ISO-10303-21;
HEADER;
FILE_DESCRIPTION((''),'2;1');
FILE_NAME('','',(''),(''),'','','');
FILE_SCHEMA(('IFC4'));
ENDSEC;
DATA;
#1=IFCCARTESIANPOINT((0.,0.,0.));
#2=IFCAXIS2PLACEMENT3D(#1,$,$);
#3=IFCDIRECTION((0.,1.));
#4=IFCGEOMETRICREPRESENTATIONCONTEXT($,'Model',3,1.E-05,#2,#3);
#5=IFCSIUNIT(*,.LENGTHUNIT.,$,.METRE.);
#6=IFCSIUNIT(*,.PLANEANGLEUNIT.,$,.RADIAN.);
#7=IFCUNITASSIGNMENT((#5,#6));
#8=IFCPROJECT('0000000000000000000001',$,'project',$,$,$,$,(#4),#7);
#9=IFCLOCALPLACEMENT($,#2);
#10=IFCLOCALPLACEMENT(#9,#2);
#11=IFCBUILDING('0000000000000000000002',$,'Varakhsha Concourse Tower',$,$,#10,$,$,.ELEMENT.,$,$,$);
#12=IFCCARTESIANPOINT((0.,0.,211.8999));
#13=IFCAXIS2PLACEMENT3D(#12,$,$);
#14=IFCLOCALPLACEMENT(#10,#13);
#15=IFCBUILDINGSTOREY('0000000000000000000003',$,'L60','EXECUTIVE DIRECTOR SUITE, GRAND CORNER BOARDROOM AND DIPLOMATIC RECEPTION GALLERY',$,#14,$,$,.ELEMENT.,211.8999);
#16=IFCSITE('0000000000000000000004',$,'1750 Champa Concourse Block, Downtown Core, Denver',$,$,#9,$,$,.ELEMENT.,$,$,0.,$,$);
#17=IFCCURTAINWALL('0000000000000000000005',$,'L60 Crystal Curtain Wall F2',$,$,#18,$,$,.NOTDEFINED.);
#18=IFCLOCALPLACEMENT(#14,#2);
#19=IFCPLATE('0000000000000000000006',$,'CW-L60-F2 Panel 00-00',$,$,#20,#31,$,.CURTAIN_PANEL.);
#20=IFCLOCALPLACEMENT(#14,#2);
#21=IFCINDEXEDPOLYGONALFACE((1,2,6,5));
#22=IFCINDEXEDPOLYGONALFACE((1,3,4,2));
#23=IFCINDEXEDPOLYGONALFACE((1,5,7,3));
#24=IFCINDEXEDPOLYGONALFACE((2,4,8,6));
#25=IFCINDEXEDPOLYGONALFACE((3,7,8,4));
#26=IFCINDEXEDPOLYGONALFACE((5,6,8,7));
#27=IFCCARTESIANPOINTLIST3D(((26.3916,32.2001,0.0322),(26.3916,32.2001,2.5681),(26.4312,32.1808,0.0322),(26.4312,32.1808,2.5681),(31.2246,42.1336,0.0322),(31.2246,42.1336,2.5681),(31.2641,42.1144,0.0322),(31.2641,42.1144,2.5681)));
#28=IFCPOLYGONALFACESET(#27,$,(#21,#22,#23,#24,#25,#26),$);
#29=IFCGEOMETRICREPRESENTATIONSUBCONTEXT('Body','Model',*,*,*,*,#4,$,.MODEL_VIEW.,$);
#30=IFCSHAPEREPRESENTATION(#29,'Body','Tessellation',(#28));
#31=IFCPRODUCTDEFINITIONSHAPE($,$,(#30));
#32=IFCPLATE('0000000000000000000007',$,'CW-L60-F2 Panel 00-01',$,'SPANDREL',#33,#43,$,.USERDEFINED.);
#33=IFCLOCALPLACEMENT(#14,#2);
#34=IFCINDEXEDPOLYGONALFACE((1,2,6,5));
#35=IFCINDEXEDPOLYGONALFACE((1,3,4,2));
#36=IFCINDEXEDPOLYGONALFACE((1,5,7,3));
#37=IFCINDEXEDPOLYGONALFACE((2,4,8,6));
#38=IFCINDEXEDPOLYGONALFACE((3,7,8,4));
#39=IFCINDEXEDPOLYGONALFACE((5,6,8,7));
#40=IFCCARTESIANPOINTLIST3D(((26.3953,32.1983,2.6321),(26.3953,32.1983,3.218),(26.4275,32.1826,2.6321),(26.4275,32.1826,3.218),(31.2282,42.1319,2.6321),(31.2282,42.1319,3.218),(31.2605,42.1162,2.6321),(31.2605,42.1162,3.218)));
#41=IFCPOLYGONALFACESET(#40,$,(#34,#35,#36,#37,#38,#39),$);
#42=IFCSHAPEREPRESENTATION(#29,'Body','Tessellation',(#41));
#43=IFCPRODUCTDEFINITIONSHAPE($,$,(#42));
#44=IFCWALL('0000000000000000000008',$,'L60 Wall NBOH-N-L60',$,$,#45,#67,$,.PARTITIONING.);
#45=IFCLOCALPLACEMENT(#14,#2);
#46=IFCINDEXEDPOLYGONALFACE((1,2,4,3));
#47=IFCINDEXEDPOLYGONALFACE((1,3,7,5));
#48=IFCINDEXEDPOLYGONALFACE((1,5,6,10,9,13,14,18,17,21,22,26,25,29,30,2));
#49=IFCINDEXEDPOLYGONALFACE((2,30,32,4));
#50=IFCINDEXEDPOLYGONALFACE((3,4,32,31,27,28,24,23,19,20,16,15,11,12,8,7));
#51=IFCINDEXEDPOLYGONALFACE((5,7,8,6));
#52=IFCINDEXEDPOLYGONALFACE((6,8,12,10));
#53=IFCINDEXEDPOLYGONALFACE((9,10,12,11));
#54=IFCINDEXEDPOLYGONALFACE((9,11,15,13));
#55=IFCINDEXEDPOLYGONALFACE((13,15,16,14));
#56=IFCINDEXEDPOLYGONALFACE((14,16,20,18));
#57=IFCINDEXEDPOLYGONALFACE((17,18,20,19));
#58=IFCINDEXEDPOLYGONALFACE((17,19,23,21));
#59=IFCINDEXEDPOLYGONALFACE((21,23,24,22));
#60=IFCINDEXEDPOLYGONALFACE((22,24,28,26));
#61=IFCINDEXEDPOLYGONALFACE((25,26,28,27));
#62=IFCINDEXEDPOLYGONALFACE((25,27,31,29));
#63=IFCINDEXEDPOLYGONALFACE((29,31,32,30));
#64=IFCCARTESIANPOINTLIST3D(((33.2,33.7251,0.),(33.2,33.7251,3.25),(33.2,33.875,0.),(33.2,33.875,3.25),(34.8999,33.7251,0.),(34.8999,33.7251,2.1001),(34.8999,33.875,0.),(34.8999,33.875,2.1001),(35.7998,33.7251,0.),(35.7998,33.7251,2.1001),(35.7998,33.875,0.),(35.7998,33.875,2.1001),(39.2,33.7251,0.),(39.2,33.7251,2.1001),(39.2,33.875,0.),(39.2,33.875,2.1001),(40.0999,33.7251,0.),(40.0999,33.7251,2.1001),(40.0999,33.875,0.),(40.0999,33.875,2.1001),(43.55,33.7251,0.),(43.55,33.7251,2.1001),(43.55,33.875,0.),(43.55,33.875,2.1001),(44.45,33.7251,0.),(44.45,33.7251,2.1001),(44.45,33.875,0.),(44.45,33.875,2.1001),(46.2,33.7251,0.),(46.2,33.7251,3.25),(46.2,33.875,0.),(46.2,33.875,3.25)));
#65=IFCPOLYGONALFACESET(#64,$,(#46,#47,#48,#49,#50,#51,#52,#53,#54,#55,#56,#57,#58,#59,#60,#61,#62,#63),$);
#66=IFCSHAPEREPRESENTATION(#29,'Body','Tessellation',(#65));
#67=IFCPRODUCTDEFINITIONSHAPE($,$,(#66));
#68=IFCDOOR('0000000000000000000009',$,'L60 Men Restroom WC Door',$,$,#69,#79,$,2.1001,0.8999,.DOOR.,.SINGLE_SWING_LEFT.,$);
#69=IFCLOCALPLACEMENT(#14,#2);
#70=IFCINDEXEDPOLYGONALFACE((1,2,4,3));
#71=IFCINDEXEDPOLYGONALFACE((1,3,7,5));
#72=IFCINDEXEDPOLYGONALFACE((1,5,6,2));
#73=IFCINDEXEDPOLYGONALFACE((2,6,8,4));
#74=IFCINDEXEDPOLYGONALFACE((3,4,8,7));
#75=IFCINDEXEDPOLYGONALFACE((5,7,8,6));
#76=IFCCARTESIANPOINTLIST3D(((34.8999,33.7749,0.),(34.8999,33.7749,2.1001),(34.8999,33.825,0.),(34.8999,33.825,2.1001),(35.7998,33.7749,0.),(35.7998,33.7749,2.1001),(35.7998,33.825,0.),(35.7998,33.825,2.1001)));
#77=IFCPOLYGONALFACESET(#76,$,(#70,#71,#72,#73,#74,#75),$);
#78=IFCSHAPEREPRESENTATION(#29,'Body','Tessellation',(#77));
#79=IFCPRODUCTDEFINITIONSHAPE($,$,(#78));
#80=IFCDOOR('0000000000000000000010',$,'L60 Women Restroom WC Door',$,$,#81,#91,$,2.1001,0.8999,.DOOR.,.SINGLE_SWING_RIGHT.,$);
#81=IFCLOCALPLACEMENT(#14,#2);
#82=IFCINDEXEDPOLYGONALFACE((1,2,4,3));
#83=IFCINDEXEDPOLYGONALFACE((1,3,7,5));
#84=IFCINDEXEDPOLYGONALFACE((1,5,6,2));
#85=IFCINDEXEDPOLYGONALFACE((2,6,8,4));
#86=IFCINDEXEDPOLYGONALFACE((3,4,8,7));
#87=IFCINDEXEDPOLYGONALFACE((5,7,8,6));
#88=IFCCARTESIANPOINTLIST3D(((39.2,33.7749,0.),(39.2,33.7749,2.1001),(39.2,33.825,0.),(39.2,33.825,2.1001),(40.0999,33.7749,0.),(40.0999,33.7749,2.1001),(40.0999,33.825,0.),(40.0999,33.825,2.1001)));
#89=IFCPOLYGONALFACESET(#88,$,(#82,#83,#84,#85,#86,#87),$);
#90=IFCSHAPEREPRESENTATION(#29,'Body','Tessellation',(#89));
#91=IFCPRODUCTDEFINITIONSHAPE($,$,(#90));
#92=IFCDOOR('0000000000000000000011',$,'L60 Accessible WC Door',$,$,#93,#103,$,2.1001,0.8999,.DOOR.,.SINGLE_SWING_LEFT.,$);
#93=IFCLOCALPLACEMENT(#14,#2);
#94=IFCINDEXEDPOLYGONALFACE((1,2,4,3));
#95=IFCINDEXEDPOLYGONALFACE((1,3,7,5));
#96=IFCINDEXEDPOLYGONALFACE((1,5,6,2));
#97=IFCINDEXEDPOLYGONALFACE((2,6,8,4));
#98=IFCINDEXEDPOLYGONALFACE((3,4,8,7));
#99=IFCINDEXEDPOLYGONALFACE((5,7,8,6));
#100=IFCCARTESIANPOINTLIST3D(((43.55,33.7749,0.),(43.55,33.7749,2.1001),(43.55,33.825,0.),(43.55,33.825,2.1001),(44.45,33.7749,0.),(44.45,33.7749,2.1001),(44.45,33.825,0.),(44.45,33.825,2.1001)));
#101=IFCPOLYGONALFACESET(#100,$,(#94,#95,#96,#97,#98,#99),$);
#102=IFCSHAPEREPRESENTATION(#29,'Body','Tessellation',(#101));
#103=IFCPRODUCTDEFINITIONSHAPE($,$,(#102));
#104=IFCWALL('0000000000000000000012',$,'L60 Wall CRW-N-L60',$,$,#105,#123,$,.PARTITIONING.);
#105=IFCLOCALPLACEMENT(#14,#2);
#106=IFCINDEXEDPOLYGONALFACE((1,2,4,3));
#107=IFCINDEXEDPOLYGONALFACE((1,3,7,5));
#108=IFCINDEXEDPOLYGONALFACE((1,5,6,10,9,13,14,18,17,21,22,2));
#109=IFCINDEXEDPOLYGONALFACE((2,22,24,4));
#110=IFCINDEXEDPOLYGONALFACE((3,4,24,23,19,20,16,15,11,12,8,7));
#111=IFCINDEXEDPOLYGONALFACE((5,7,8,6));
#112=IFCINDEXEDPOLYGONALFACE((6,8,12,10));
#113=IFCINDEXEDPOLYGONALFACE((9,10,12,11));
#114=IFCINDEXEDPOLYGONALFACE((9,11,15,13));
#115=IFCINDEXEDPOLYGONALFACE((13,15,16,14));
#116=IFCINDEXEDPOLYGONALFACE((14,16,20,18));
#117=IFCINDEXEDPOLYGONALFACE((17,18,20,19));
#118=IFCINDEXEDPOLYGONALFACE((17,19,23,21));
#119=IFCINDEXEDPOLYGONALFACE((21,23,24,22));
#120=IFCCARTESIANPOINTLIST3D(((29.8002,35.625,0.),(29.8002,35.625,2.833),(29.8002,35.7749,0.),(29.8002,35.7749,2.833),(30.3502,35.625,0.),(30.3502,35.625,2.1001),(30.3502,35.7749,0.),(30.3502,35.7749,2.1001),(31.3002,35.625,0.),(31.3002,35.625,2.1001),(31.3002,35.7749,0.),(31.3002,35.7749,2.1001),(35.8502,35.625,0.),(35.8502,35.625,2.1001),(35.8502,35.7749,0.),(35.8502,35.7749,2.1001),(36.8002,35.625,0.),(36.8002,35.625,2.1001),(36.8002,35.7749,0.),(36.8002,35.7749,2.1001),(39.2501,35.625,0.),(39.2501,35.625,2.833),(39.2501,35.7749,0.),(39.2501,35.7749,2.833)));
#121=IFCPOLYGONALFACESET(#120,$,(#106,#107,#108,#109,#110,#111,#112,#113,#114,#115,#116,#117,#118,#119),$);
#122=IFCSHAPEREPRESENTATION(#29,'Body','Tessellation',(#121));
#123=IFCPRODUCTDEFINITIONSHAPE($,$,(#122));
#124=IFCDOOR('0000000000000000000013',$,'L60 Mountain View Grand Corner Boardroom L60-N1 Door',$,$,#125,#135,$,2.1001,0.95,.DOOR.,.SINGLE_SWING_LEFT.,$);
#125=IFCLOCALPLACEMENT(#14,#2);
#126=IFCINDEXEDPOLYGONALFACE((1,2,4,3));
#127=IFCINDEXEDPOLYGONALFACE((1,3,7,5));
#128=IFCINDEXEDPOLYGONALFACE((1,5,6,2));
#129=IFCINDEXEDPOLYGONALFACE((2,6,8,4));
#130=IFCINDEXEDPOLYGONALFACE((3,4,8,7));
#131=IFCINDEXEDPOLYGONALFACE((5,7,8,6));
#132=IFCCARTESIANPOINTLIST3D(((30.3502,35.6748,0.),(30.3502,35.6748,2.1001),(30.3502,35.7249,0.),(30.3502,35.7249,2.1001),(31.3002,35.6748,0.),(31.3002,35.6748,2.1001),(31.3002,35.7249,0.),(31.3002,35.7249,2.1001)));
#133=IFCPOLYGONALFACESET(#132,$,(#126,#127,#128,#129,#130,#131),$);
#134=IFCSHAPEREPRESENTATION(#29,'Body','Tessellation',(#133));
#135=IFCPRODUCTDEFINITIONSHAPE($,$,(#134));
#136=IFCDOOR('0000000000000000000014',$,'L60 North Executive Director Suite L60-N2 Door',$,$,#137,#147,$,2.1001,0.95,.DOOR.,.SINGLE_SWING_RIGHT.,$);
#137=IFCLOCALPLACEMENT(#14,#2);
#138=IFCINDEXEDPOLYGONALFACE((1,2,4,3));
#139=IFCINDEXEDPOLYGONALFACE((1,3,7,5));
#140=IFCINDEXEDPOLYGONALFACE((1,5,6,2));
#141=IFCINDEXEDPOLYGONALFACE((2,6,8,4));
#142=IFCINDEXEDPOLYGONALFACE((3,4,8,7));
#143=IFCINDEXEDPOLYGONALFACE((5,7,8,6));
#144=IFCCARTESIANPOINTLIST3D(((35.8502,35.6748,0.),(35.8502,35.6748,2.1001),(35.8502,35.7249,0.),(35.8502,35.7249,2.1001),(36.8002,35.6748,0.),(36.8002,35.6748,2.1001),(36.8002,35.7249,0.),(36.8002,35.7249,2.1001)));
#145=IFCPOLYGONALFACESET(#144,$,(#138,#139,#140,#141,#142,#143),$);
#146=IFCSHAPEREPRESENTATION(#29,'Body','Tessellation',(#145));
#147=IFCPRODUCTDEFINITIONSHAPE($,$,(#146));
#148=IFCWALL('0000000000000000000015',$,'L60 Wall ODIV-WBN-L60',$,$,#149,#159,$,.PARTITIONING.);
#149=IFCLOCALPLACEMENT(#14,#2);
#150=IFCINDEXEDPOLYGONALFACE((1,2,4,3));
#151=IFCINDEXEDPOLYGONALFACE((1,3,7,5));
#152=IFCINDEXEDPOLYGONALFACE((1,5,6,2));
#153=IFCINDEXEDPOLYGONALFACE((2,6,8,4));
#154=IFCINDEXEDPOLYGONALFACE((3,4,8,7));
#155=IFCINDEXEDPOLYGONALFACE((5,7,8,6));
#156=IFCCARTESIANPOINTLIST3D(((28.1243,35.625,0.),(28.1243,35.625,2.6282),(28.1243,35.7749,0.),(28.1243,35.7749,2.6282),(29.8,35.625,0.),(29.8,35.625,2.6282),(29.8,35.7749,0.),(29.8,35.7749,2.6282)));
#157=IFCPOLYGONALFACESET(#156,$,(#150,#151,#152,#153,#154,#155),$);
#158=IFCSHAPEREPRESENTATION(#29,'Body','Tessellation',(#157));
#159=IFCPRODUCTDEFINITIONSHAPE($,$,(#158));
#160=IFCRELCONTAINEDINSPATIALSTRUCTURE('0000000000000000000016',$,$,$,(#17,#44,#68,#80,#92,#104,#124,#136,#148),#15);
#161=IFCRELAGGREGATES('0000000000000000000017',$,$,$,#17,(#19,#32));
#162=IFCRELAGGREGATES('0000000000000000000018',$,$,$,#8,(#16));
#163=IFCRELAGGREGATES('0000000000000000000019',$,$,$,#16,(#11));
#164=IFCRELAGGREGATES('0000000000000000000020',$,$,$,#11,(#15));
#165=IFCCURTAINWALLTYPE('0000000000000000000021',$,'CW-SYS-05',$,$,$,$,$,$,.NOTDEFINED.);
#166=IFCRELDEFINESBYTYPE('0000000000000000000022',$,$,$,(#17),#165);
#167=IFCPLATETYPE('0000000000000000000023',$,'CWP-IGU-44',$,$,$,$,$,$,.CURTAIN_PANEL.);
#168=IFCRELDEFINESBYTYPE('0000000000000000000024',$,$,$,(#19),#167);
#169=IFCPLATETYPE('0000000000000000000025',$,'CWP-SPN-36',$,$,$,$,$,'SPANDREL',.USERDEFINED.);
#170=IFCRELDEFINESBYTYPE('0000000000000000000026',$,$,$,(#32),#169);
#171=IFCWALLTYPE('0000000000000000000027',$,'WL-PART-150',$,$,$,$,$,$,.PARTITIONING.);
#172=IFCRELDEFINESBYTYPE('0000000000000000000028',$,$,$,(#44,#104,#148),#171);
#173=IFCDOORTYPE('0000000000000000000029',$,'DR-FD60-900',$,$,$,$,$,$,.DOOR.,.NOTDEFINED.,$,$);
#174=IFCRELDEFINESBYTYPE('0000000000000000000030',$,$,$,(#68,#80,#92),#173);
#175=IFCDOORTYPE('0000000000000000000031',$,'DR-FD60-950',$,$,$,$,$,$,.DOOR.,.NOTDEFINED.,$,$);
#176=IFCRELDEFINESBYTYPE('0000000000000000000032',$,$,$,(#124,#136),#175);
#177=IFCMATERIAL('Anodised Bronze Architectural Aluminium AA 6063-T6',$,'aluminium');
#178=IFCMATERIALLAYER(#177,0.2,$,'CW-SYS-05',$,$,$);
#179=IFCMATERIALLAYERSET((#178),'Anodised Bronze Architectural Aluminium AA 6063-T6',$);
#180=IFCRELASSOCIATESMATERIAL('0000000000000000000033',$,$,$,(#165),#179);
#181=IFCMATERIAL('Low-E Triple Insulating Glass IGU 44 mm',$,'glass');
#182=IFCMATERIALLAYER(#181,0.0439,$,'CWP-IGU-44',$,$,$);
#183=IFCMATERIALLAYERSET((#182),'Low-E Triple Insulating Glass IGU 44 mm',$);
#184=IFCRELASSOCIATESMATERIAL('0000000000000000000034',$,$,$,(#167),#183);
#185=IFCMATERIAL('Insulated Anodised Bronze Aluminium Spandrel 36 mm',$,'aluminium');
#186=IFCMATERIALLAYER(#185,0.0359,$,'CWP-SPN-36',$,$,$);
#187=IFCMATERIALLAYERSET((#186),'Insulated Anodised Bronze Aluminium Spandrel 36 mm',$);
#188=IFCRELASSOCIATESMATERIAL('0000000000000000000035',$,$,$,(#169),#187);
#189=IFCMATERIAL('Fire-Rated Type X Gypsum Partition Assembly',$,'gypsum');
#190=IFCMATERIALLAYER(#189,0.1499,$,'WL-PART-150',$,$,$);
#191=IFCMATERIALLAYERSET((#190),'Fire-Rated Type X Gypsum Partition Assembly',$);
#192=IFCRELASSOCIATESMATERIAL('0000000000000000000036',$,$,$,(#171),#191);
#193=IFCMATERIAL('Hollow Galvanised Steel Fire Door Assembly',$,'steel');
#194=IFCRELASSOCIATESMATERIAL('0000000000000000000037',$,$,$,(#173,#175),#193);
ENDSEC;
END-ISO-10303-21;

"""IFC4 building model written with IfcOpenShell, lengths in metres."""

from ifc_helpers import new_model, si_unit, direction, frame, frame_2d, origin, origin_2d, place, context, subcontext, project, spatial, rectangle, extrude, source, transform, mapped, material, layer, layer_set, type_object, type_shapes, element, fill, aggregate, save


model = new_model("IFC4")

# Units and contexts
model_context = context("Model", 3, precision=1e-05, world=origin(), true_north=direction((0.0, 1.0)))
body_context = subcontext(model_context, "Body", "Model", "MODEL_VIEW")
ifc_project = project(units=[si_unit("LENGTHUNIT", "METRE"), si_unit("PLANEANGLEUNIT", "RADIAN")], contexts=[model_context])

# Site, building, storey
site_placement = place(None, origin())
site = spatial("IfcSite", under=ifc_project, at=site_placement, Name="1750 Champa Concourse Block, Downtown Core, Denver", CompositionType="ELEMENT", RefElevation=0.0)
building_placement = place(site_placement, origin())
building = spatial("IfcBuilding", under=site, at=building_placement, Name="Varakhsha Concourse Tower", CompositionType="ELEMENT")
storey_placement = place(building_placement, frame((0.0, 0.0, 211.8999)))
storey = spatial("IfcBuildingStorey", under=building, at=storey_placement, Name="L60", Description="EXECUTIVE DIRECTOR SUITE, GRAND CORNER BOARDROOM AND DIPLOMATIC RECEPTION GALLERY", CompositionType="ELEMENT", Elevation=211.8999)

# Curtain wall
ifc_material_1 = material(Name="Anodised Bronze Architectural Aluminium AA 6063-T6", Category="aluminium")
ifc_layer_1 = layer(ifc_material_1, 0.2, Name="CW-SYS-05")
ifc_layer_set_1 = layer_set([ifc_layer_1], Name="Anodised Bronze Architectural Aluminium AA 6063-T6")
curtain_wall_type = type_object("IfcCurtainWallType", Name="CW-SYS-05", PredefinedType="NOTDEFINED", material=ifc_layer_set_1)
curtain_wall_1_placement = place(storey_placement, origin())
curtain_wall_1 = element("IfcCurtainWall", 1, at=curtain_wall_1_placement, inside=storey, type_object=curtain_wall_type, Name="L60 Crystal Curtain Wall F2", PredefinedType="NOTDEFINED")

# Plates
ifc_material_2 = material(Name="Low-E Triple Insulating Glass IGU 44 mm", Category="glass")
ifc_layer_2 = layer(ifc_material_2, 0.0439, Name="CWP-IGU-44")
ifc_layer_set_2 = layer_set([ifc_layer_2], Name="Low-E Triple Insulating Glass IGU 44 mm")
plate_type_1 = type_object("IfcPlateType", Name="CWP-IGU-44", PredefinedType="CURTAIN_PANEL", material=ifc_layer_set_2)
shared_shape_1 = source(origin(), body_context, "Body", "SweptSolid", [
    extrude(rectangle(XDim=11.0469, YDim=0.0439, at=origin_2d()), origin(), (0.0, 0.0, 1.0), 2.5359),
])
type_shapes(plate_type_1, [shared_shape_1])
plate_1_placement = place(storey_placement, frame((28.8279, 37.1572, 0.0322), z_axis=(0.0, 0.0, 1.0), x_axis=(0.437497, 0.89922, 0.0)))
plate_1 = element("IfcPlate", 2, at=plate_1_placement, type_object=plate_type_1, Name="CW-L60-F2 Panel 00-00", PredefinedType="CURTAIN_PANEL", context=body_context, shape_type="MappedRepresentation", body=[
    mapped(shared_shape_1, transform((0.0, 0.0, 0.0), scale=1.0)),
])
ifc_material_3 = material(Name="Insulated Anodised Bronze Aluminium Spandrel 36 mm", Category="aluminium")
ifc_layer_3 = layer(ifc_material_3, 0.0359, Name="CWP-SPN-36")
ifc_layer_set_3 = layer_set([ifc_layer_3], Name="Insulated Anodised Bronze Aluminium Spandrel 36 mm")
plate_type_2 = type_object("IfcPlateType", Name="CWP-SPN-36", ElementType="SPANDREL", PredefinedType="USERDEFINED", material=ifc_layer_set_3)
shared_shape_2 = source(origin(), body_context, "Body", "SweptSolid", [
    extrude(rectangle(XDim=11.0469, YDim=0.0359, at=origin_2d()), origin(), (0.0, 0.0, 1.0), 0.5859),
])
type_shapes(plate_type_2, [shared_shape_2])
plate_2_placement = place(storey_placement, frame((28.8279, 37.1572, 2.6321), z_axis=(0.0, 0.0, 1.0), x_axis=(0.437497, 0.89922, 0.0)))
plate_2 = element("IfcPlate", 3, at=plate_2_placement, type_object=plate_type_2, Name="CW-L60-F2 Panel 00-01", ObjectType="SPANDREL", PredefinedType="USERDEFINED", context=body_context, shape_type="MappedRepresentation", body=[
    mapped(shared_shape_2, transform((0.0, 0.0, 0.0), scale=1.0)),
])
aggregate(curtain_wall_1, [plate_1, plate_2])

# Walls, openings, doors
ifc_material_4 = material(Name="Fire-Rated Type X Gypsum Partition Assembly", Category="gypsum")
ifc_layer_4 = layer(ifc_material_4, 0.1499, Name="WL-PART-150")
ifc_layer_set_4 = layer_set([ifc_layer_4], Name="Fire-Rated Type X Gypsum Partition Assembly")
wall_type_1 = type_object("IfcWallType", Name="WL-PART-150", PredefinedType="PARTITIONING", material=ifc_layer_set_4)
wall_1_placement = place(storey_placement, frame((33.2, 33.8, 0.0), z_axis=(0.0, 0.0, 1.0), x_axis=(1.0, 0.0, 0.0)))
wall_1 = element("IfcWall", 4, at=wall_1_placement, inside=storey, type_object=wall_type_1, Name="L60 Wall NBOH-N-L60", PredefinedType="PARTITIONING", context=body_context, shape_type="SweptSolid", body=[
    extrude(rectangle(XDim=13.0, YDim=0.1499, at=frame_2d((6.5, 0.0))), origin(), (0.0, 0.0, 1.0), 3.25),
])
opening_1_placement = place(wall_1_placement, frame((1.7, 0.0, 0.0)))
opening_1 = element("IfcOpeningElement", 5, at=opening_1_placement, cuts=wall_1, PredefinedType="OPENING", context=body_context, shape_type="SweptSolid", body=[
    extrude(rectangle(XDim=0.8999, YDim=2.1001, at=frame_2d((0.45, 1.05))), frame((0.0, 0.085, 0.0), z_axis=(0.0, -1.0, 0.0), x_axis=(1.0, 0.0, 0.0)), (0.0, 0.0, 1.0), 0.1699),
])
opening_2_placement = place(wall_1_placement, frame((6.0, 0.0, 0.0)))
opening_2 = element("IfcOpeningElement", 6, at=opening_2_placement, cuts=wall_1, PredefinedType="OPENING", context=body_context, shape_type="SweptSolid", body=[
    extrude(rectangle(XDim=0.8999, YDim=2.1001, at=frame_2d((0.45, 1.05))), frame((0.0, 0.085, 0.0), z_axis=(0.0, -1.0, 0.0), x_axis=(1.0, 0.0, 0.0)), (0.0, 0.0, 1.0), 0.1699),
])
opening_3_placement = place(wall_1_placement, frame((10.3501, 0.0, 0.0)))
opening_3 = element("IfcOpeningElement", 7, at=opening_3_placement, cuts=wall_1, PredefinedType="OPENING", context=body_context, shape_type="SweptSolid", body=[
    extrude(rectangle(XDim=0.8999, YDim=2.1001, at=frame_2d((0.45, 1.05))), frame((0.0, 0.085, 0.0), z_axis=(0.0, -1.0, 0.0), x_axis=(1.0, 0.0, 0.0)), (0.0, 0.0, 1.0), 0.1699),
])
ifc_material_5 = material(Name="Hollow Galvanised Steel Fire Door Assembly", Category="steel")
door_type_1 = type_object("IfcDoorType", Name="DR-FD60-900", OperationType="NOTDEFINED", PredefinedType="DOOR", material=ifc_material_5)
door_1_placement = place(opening_1_placement, origin())
door_1 = element("IfcDoor", 8, at=door_1_placement, inside=storey, type_object=door_type_1, Name="L60 Men Restroom WC Door", OperationType="SINGLE_SWING_LEFT", OverallHeight=2.1001, OverallWidth=0.8999, PredefinedType="DOOR", context=body_context, shape_type="SweptSolid", body=[
    extrude(rectangle(XDim=0.8999, YDim=2.1001, at=frame_2d((0.45, 1.05))), frame((0.0, 0.0249, 0.0), z_axis=(0.0, -1.0, 0.0), x_axis=(1.0, 0.0, 0.0)), (0.0, 0.0, 1.0), 0.05),
])
fill(opening_1, door_1)
door_2_placement = place(opening_2_placement, origin())
door_2 = element("IfcDoor", 9, at=door_2_placement, inside=storey, type_object=door_type_1, Name="L60 Women Restroom WC Door", OperationType="SINGLE_SWING_RIGHT", OverallHeight=2.1001, OverallWidth=0.8999, PredefinedType="DOOR", context=body_context, shape_type="SweptSolid", body=[
    extrude(rectangle(XDim=0.8999, YDim=2.1001, at=frame_2d((0.45, 1.05))), frame((0.0, 0.0249, 0.0), z_axis=(0.0, -1.0, 0.0), x_axis=(1.0, 0.0, 0.0)), (0.0, 0.0, 1.0), 0.05),
])
fill(opening_2, door_2)
door_3_placement = place(opening_3_placement, origin())
door_3 = element("IfcDoor", 10, at=door_3_placement, inside=storey, type_object=door_type_1, Name="L60 Accessible WC Door", OperationType="SINGLE_SWING_LEFT", OverallHeight=2.1001, OverallWidth=0.8999, PredefinedType="DOOR", context=body_context, shape_type="SweptSolid", body=[
    extrude(rectangle(XDim=0.8999, YDim=2.1001, at=frame_2d((0.45, 1.05))), frame((0.0, 0.0249, 0.0), z_axis=(0.0, -1.0, 0.0), x_axis=(1.0, 0.0, 0.0)), (0.0, 0.0, 1.0), 0.05),
])
fill(opening_3, door_3)
wall_2_placement = place(storey_placement, frame((29.8, 35.7, 0.0), z_axis=(0.0, 0.0, 1.0), x_axis=(1.0, 0.0, 0.0)))
wall_2 = element("IfcWall", 11, at=wall_2_placement, inside=storey, type_object=wall_type_1, Name="L60 Wall CRW-N-L60", PredefinedType="PARTITIONING", context=body_context, shape_type="SweptSolid", body=[
    extrude(rectangle(XDim=9.45, YDim=0.1499, at=frame_2d((4.7251, 0.0))), origin(), (0.0, 0.0, 1.0), 2.833),
])
opening_4_placement = place(wall_2_placement, frame((0.55, 0.0, 0.0)))
opening_4 = element("IfcOpeningElement", 12, at=opening_4_placement, cuts=wall_2, PredefinedType="OPENING", context=body_context, shape_type="SweptSolid", body=[
    extrude(rectangle(XDim=0.95, YDim=2.1001, at=frame_2d((0.4751, 1.05))), frame((0.0, 0.085, 0.0), z_axis=(0.0, -1.0, 0.0), x_axis=(1.0, 0.0, 0.0)), (0.0, 0.0, 1.0), 0.1699),
])
opening_5_placement = place(wall_2_placement, frame((6.05, 0.0, 0.0)))
opening_5 = element("IfcOpeningElement", 13, at=opening_5_placement, cuts=wall_2, PredefinedType="OPENING", context=body_context, shape_type="SweptSolid", body=[
    extrude(rectangle(XDim=0.95, YDim=2.1001, at=frame_2d((0.4751, 1.05))), frame((0.0, 0.085, 0.0), z_axis=(0.0, -1.0, 0.0), x_axis=(1.0, 0.0, 0.0)), (0.0, 0.0, 1.0), 0.1699),
])
door_type_2 = type_object("IfcDoorType", Name="DR-FD60-950", OperationType="NOTDEFINED", PredefinedType="DOOR", material=ifc_material_5)
door_4_placement = place(opening_4_placement, origin())
door_4 = element("IfcDoor", 14, at=door_4_placement, inside=storey, type_object=door_type_2, Name="L60 Mountain View Grand Corner Boardroom L60-N1 Door", OperationType="SINGLE_SWING_LEFT", OverallHeight=2.1001, OverallWidth=0.95, PredefinedType="DOOR", context=body_context, shape_type="SweptSolid", body=[
    extrude(rectangle(XDim=0.95, YDim=2.1001, at=frame_2d((0.4751, 1.05))), frame((0.0, 0.0249, 0.0), z_axis=(0.0, -1.0, 0.0), x_axis=(1.0, 0.0, 0.0)), (0.0, 0.0, 1.0), 0.05),
])
fill(opening_4, door_4)
door_5_placement = place(opening_5_placement, origin())
door_5 = element("IfcDoor", 15, at=door_5_placement, inside=storey, type_object=door_type_2, Name="L60 North Executive Director Suite L60-N2 Door", OperationType="SINGLE_SWING_RIGHT", OverallHeight=2.1001, OverallWidth=0.95, PredefinedType="DOOR", context=body_context, shape_type="SweptSolid", body=[
    extrude(rectangle(XDim=0.95, YDim=2.1001, at=frame_2d((0.4751, 1.05))), frame((0.0, 0.0249, 0.0), z_axis=(0.0, -1.0, 0.0), x_axis=(1.0, 0.0, 0.0)), (0.0, 0.0, 1.0), 0.05),
])
fill(opening_5, door_5)

# Wall
wall_3_placement = place(storey_placement, frame((28.1243, 35.7, 0.0), z_axis=(0.0, 0.0, 1.0), x_axis=(1.0, 0.0, 0.0)))
element("IfcWall", 16, at=wall_3_placement, inside=storey, type_object=wall_type_1, Name="L60 Wall ODIV-WBN-L60", PredefinedType="PARTITIONING", context=body_context, shape_type="SweptSolid", body=[
    extrude(rectangle(XDim=1.6758, YDim=0.1499, at=frame_2d((0.8379, 0.0))), origin(), (0.0, 0.0, 1.0), 2.6282),
])

save(model, "model.ifc")
